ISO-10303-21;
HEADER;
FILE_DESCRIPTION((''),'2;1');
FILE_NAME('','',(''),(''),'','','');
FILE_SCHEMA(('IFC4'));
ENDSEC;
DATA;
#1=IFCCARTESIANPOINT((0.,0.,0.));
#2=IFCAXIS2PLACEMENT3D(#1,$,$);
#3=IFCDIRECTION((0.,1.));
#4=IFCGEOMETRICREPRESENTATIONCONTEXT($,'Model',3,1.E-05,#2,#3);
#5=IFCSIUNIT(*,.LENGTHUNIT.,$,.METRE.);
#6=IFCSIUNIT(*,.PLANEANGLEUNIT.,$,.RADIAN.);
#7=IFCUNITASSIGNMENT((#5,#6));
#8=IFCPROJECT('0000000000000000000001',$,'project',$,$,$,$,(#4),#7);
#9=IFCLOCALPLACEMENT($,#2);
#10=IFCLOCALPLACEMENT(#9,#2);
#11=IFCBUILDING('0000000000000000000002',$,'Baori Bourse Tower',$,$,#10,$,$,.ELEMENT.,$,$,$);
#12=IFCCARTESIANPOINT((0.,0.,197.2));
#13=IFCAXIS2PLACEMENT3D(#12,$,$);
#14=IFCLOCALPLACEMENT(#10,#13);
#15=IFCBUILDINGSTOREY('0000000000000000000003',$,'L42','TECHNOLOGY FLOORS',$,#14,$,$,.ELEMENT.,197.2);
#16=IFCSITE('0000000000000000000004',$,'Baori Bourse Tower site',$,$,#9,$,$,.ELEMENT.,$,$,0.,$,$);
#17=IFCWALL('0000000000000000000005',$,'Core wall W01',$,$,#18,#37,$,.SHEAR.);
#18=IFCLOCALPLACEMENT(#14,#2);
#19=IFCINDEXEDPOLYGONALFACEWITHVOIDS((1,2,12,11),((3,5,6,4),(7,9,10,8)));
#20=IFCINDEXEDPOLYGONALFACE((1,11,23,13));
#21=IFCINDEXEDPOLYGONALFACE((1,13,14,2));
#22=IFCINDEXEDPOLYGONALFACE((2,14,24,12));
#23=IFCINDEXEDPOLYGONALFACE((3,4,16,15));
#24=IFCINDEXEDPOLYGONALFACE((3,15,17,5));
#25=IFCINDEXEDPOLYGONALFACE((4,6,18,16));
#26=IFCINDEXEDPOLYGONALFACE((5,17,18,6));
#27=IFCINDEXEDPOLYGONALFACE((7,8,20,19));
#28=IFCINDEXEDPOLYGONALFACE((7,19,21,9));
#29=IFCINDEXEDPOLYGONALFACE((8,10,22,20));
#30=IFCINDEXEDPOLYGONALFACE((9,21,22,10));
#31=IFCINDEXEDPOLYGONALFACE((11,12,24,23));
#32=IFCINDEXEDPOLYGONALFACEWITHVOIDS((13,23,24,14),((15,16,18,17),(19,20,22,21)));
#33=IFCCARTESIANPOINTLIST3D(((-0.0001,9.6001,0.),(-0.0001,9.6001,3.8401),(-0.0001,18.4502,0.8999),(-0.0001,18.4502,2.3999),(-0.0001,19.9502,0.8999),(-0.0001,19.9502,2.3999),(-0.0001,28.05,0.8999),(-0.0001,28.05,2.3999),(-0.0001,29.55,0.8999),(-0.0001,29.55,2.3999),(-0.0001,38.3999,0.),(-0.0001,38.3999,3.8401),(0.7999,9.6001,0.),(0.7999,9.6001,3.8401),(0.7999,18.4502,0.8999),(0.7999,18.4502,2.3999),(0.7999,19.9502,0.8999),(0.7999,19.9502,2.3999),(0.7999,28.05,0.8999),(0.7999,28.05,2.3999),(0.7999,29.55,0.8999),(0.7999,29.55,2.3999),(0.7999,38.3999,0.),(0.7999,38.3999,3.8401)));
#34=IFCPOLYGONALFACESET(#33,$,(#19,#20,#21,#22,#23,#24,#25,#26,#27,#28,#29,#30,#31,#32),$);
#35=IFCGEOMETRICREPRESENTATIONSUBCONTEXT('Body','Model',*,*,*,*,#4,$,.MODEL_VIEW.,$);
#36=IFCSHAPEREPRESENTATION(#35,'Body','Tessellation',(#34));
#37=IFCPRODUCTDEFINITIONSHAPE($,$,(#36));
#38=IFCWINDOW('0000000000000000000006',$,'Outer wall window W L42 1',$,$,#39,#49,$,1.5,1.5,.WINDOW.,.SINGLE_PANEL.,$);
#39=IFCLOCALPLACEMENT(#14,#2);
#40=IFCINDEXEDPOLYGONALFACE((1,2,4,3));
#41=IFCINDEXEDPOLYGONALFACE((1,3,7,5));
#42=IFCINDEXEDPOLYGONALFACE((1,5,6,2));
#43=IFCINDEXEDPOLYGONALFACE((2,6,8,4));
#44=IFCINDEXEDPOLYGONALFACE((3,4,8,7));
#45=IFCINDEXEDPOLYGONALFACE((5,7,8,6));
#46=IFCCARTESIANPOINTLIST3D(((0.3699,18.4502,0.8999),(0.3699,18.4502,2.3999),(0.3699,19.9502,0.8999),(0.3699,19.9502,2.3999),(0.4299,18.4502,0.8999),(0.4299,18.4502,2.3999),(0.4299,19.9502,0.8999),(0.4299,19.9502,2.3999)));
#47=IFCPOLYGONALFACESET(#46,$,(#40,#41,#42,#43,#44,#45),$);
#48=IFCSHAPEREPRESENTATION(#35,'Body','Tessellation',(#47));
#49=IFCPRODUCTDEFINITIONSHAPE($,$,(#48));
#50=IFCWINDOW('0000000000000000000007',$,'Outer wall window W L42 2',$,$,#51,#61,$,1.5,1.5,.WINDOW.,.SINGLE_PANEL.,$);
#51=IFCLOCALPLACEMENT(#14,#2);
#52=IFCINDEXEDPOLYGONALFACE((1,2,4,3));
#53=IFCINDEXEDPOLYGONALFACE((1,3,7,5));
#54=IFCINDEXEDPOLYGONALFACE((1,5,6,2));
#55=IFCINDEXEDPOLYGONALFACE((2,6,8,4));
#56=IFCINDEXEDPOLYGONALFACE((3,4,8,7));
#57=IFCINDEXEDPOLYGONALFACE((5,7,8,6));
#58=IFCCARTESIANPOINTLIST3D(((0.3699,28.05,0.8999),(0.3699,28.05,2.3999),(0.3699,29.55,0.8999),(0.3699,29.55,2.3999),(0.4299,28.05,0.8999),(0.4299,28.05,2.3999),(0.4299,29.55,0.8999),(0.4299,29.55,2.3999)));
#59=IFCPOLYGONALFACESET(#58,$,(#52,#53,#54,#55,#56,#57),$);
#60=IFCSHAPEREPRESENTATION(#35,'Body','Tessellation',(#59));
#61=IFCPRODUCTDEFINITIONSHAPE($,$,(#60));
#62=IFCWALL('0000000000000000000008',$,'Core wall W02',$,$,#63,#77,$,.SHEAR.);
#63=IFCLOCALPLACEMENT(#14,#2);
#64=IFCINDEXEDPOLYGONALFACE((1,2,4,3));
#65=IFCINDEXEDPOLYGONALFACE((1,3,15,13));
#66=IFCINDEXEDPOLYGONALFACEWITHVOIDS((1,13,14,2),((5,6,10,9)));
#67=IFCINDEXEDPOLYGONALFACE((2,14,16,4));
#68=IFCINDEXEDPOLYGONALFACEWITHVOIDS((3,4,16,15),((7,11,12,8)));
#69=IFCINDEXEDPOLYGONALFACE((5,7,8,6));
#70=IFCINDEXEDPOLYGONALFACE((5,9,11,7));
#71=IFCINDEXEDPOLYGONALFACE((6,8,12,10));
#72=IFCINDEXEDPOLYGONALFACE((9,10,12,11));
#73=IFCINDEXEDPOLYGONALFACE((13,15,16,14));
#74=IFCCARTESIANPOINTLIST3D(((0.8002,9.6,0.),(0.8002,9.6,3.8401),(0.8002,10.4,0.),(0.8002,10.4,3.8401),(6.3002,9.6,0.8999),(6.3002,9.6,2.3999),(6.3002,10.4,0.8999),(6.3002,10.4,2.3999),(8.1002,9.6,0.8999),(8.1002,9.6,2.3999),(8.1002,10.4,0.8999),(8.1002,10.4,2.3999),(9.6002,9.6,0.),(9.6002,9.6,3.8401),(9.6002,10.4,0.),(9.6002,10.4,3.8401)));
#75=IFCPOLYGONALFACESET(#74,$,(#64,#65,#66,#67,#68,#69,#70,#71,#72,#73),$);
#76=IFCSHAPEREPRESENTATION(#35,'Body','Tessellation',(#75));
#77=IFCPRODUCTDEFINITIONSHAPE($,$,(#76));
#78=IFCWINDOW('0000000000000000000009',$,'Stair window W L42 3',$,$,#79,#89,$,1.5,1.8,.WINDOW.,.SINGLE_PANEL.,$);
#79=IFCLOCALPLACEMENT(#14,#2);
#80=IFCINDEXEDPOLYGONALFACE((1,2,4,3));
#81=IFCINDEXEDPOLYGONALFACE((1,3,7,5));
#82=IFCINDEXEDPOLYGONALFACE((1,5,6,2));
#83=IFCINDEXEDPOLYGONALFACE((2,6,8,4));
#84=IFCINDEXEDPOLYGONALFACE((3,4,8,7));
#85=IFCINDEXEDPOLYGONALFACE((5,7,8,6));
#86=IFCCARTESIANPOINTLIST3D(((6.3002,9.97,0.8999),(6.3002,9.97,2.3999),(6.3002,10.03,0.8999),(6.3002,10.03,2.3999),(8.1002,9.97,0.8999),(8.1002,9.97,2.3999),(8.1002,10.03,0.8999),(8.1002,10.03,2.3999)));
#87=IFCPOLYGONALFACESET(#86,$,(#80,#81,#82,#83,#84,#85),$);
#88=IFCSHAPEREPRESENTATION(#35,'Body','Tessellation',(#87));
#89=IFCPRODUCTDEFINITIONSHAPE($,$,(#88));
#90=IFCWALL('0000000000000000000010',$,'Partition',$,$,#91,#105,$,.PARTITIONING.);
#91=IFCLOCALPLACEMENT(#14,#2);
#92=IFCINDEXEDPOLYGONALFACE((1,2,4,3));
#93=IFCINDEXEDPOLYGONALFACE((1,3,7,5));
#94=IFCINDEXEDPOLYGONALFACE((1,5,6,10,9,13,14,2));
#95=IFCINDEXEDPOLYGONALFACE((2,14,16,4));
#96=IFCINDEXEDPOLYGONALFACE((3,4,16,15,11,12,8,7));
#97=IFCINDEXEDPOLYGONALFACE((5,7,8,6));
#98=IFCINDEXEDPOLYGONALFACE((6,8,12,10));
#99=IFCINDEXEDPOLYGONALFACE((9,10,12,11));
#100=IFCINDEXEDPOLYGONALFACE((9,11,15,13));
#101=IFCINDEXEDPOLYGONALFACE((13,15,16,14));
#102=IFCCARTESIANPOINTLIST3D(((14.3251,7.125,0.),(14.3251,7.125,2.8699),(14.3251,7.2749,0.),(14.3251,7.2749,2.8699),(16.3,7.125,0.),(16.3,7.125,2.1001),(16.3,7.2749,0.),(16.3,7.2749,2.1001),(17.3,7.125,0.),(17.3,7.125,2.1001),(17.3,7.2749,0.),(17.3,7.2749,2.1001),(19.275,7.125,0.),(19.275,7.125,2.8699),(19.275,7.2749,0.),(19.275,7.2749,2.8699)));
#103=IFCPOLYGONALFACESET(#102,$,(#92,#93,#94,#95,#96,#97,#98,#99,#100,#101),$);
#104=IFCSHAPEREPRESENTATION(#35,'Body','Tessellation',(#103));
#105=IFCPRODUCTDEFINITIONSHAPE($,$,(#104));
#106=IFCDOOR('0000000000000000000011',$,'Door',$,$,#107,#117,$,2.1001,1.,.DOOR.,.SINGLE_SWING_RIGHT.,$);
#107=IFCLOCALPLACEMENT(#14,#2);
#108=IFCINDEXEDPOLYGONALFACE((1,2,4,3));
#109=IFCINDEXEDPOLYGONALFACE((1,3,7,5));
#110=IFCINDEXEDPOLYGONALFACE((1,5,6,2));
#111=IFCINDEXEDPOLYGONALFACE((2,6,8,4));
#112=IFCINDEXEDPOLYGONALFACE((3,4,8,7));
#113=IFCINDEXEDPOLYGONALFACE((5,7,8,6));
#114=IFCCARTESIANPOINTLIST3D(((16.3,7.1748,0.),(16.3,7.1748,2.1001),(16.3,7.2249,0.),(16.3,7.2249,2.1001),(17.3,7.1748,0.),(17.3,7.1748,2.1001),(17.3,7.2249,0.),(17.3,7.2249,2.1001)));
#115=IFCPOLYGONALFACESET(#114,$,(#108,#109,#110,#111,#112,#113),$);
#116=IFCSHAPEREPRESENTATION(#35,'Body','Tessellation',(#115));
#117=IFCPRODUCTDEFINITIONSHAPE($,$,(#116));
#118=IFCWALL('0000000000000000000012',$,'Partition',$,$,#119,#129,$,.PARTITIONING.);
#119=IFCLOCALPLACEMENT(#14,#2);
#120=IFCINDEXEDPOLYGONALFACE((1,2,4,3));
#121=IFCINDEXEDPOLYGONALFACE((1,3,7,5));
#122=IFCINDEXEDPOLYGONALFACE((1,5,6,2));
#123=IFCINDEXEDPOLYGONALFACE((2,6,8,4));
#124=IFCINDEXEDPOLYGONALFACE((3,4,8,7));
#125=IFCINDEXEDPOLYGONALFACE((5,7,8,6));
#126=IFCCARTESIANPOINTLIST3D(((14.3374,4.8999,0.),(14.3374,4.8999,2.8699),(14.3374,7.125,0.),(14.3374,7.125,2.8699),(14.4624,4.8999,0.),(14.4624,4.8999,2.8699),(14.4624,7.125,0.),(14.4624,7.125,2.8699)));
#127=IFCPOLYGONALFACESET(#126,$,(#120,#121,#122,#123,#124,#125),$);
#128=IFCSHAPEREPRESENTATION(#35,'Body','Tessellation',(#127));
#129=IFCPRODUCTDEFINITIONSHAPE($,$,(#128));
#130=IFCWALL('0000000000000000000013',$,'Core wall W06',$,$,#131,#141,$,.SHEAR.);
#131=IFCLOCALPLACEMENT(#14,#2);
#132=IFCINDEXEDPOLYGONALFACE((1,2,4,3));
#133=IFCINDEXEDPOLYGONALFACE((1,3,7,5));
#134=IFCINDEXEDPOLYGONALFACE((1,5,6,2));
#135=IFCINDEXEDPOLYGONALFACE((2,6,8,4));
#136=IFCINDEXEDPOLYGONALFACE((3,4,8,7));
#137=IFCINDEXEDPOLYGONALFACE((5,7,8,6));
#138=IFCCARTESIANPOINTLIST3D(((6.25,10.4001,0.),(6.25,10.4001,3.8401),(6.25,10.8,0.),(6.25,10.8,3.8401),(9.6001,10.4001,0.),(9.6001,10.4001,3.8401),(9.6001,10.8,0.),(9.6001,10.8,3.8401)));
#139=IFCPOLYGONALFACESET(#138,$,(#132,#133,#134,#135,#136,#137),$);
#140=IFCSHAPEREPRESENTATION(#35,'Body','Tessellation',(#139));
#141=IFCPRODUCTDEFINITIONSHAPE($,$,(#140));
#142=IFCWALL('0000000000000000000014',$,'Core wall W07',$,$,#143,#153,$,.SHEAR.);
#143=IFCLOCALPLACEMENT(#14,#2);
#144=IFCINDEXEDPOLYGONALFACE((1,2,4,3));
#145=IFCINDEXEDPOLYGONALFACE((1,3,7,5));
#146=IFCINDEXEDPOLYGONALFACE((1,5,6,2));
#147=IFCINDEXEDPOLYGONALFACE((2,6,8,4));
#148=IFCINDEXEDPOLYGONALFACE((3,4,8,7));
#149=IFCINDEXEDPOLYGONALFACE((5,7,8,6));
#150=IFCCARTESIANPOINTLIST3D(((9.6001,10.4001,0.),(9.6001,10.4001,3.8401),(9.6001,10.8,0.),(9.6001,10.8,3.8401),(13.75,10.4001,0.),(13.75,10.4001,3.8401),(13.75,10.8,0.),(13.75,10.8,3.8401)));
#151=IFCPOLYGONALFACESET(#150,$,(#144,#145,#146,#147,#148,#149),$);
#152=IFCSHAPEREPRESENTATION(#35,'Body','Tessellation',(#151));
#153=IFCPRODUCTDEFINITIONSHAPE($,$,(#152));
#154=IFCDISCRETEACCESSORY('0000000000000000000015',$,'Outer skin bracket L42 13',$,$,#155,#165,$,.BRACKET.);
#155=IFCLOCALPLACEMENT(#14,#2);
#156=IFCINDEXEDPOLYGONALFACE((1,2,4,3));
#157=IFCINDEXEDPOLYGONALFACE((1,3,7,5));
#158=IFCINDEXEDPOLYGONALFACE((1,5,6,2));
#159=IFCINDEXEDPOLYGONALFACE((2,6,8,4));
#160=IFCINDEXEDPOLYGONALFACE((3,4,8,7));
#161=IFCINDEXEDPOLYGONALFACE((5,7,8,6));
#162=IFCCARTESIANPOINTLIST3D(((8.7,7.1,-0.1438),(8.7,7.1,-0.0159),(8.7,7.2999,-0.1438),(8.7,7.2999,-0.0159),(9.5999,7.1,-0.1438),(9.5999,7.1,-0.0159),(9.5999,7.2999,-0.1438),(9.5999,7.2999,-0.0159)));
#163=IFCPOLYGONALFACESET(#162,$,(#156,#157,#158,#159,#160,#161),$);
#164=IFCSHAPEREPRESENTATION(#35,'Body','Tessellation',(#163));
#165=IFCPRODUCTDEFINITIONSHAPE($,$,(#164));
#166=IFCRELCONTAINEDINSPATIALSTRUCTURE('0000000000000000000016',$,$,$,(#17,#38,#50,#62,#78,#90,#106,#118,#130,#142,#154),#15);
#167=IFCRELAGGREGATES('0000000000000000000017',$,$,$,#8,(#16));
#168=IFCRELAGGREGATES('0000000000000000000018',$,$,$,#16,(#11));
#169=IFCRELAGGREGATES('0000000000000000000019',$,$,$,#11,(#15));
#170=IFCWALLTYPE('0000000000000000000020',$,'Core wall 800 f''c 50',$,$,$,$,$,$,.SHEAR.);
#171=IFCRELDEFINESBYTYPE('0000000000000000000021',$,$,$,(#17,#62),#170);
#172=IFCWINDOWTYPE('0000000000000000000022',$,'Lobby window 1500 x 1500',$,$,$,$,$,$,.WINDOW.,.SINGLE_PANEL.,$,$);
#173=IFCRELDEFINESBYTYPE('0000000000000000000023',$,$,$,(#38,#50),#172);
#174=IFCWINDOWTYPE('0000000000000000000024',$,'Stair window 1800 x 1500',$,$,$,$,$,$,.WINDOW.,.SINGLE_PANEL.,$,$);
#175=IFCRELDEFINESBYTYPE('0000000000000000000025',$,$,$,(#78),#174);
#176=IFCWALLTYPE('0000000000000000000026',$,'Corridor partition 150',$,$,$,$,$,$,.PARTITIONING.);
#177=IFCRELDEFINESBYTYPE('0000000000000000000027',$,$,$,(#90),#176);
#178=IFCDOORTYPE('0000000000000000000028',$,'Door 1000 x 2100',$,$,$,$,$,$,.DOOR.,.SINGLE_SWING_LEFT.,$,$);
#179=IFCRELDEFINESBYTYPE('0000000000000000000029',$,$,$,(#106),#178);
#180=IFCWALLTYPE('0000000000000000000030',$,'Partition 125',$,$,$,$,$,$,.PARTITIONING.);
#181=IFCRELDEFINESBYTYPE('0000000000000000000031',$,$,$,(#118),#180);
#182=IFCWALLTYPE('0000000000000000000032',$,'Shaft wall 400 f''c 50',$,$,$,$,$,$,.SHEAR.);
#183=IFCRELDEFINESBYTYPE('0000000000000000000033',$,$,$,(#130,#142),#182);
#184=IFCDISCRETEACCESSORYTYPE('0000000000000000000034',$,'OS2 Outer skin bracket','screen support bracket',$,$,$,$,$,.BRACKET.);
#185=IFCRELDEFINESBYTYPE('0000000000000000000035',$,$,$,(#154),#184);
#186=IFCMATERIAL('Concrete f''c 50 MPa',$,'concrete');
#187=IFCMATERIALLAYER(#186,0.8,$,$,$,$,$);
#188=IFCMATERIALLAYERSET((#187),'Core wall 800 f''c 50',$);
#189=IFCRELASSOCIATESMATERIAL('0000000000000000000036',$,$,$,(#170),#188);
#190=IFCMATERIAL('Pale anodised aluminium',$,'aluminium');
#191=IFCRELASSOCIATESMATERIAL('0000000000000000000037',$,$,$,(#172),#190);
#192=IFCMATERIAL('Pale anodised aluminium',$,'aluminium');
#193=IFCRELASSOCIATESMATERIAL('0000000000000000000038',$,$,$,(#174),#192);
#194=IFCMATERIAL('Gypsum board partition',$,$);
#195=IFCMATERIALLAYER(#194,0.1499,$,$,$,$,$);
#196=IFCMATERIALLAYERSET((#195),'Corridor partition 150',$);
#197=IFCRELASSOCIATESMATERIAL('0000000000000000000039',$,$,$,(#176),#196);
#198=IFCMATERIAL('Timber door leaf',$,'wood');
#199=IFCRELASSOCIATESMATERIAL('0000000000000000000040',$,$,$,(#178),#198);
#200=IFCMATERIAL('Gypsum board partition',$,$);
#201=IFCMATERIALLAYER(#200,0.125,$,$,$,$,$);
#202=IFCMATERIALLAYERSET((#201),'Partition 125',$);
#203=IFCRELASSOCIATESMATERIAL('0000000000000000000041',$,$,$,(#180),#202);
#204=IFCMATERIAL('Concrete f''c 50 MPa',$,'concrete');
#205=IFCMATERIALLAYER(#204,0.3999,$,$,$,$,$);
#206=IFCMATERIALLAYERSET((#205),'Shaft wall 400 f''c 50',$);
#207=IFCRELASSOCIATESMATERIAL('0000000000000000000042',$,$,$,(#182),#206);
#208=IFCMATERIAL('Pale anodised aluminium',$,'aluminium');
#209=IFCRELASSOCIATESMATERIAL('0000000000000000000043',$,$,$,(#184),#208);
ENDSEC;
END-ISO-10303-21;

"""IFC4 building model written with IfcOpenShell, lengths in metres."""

from ifc_helpers import new_model, si_unit, direction, frame, frame_2d, origin, origin_2d, place, context, subcontext, project, spatial, rectangle, extrude, material, layer, layer_set, type_object, element, fill, save


model = new_model("IFC4")

# Units and contexts
model_context = context("Model", 3, precision=1e-05, world=origin(), true_north=direction((0.0, 1.0)))
body_context = subcontext(model_context, "Body", "Model", "MODEL_VIEW")
ifc_project = project(units=[si_unit("LENGTHUNIT", "METRE"), si_unit("PLANEANGLEUNIT", "RADIAN")], contexts=[model_context])

# Site, building, storey
site_placement = place(None, origin())
site = spatial("IfcSite", under=ifc_project, at=site_placement, Name="Baori Bourse Tower site", CompositionType="ELEMENT", RefElevation=0.0)
building_placement = place(site_placement, origin())
building = spatial("IfcBuilding", under=site, at=building_placement, Name="Baori Bourse Tower", CompositionType="ELEMENT")
storey_placement = place(building_placement, frame((0.0, 0.0, 197.2)))
storey = spatial("IfcBuildingStorey", under=building, at=storey_placement, Name="L42", Description="TECHNOLOGY FLOORS", CompositionType="ELEMENT", Elevation=197.2)

# Wall, openings, windows
ifc_material_1 = material(Name="Concrete f'c 50 MPa", Category="concrete")
ifc_layer_1 = layer(ifc_material_1, 0.8)
ifc_layer_set_1 = layer_set([ifc_layer_1], Name="Core wall 800 f'c 50")
wall_type_1 = type_object("IfcWallType", Name="Core wall 800 f'c 50", PredefinedType="SHEAR", material=ifc_layer_set_1)
wall_1_placement = place(storey_placement, frame((0.3999, 9.6001, 0.0), z_axis=(0.0, 0.0, 1.0), x_axis=(0.0, 1.0, 0.0)))
wall_1 = element("IfcWall", 1, at=wall_1_placement, inside=storey, type_object=wall_type_1, Name="Core wall W01", PredefinedType="SHEAR", context=body_context, shape_type="SweptSolid", body=[
    extrude(rectangle(XDim=28.7998, YDim=0.8, at=frame_2d((14.3999, 0.0))), origin(), (0.0, 0.0, 1.0), 3.8401),
])
opening_1_placement = place(wall_1_placement, frame((8.8501, 0.0, 0.8999)))
opening_1 = element("IfcOpeningElement", 2, at=opening_1_placement, cuts=wall_1, PredefinedType="OPENING", context=body_context, shape_type="SweptSolid", body=[
    extrude(rectangle(XDim=1.5, YDim=1.5, at=frame_2d((0.75, 0.75))), frame((0.0, 0.4099, 0.0), z_axis=(0.0, -1.0, 0.0), x_axis=(1.0, 0.0, 0.0)), (0.0, 0.0, 1.0), 0.8201),
])
opening_2_placement = place(wall_1_placement, frame((18.45, 0.0, 0.8999)))
opening_2 = element("IfcOpeningElement", 3, at=opening_2_placement, cuts=wall_1, PredefinedType="OPENING", context=body_context, shape_type="SweptSolid", body=[
    extrude(rectangle(XDim=1.5, YDim=1.5, at=frame_2d((0.75, 0.75))), frame((0.0, 0.4099, 0.0), z_axis=(0.0, -1.0, 0.0), x_axis=(1.0, 0.0, 0.0)), (0.0, 0.0, 1.0), 0.8201),
])
ifc_material_2 = material(Name="Pale anodised aluminium", Category="aluminium")
window_type_1 = type_object("IfcWindowType", Name="Lobby window 1500 x 1500", PartitioningType="SINGLE_PANEL", PredefinedType="WINDOW", material=ifc_material_2)
window_1_placement = place(opening_1_placement, origin())
window_1 = element("IfcWindow", 4, at=window_1_placement, inside=storey, type_object=window_type_1, Name="Outer wall window W L42 1", OverallHeight=1.5, OverallWidth=1.5, PartitioningType="SINGLE_PANEL", PredefinedType="WINDOW", context=body_context, shape_type="SweptSolid", body=[
    extrude(rectangle(XDim=1.5, YDim=1.5, at=frame_2d((0.75, 0.75))), frame((0.0, 0.03, 0.0), z_axis=(0.0, -1.0, 0.0), x_axis=(1.0, 0.0, 0.0)), (0.0, 0.0, 1.0), 0.0601),
])
fill(opening_1, window_1)
window_2_placement = place(opening_2_placement, origin())
window_2 = element("IfcWindow", 5, at=window_2_placement, inside=storey, type_object=window_type_1, Name="Outer wall window W L42 2", OverallHeight=1.5, OverallWidth=1.5, PartitioningType="SINGLE_PANEL", PredefinedType="WINDOW", context=body_context, shape_type="SweptSolid", body=[
    extrude(rectangle(XDim=1.5, YDim=1.5, at=frame_2d((0.75, 0.75))), frame((0.0, 0.03, 0.0), z_axis=(0.0, -1.0, 0.0), x_axis=(1.0, 0.0, 0.0)), (0.0, 0.0, 1.0), 0.0601),
])
fill(opening_2, window_2)

# Wall, opening, window
wall_2_placement = place(storey_placement, frame((9.6001, 10.0, 0.0), z_axis=(0.0, 0.0, 1.0), x_axis=(-1.0, 0.0, 0.0)))
wall_2 = element("IfcWall", 6, at=wall_2_placement, inside=storey, type_object=wall_type_1, Name="Core wall W02", PredefinedType="SHEAR", context=body_context, shape_type="SweptSolid", body=[
    extrude(rectangle(XDim=8.8, YDim=0.8, at=frame_2d((4.3999, 0.0))), origin(), (0.0, 0.0, 1.0), 3.8401),
])
opening_3_placement = place(wall_2_placement, frame((1.5, 0.0, 0.8999)))
opening_3 = element("IfcOpeningElement", 7, at=opening_3_placement, cuts=wall_2, PredefinedType="OPENING", context=body_context, shape_type="SweptSolid", body=[
    extrude(rectangle(XDim=1.8, YDim=1.5, at=frame_2d((0.8999, 0.75))), frame((0.0, 0.4099, 0.0), z_axis=(0.0, -1.0, 0.0), x_axis=(1.0, 0.0, 0.0)), (0.0, 0.0, 1.0), 0.8201),
])
ifc_material_3 = material(Name="Pale anodised aluminium", Category="aluminium")
window_type_2 = type_object("IfcWindowType", Name="Stair window 1800 x 1500", PartitioningType="SINGLE_PANEL", PredefinedType="WINDOW", material=ifc_material_3)
window_3_placement = place(opening_3_placement, origin())
window_3 = element("IfcWindow", 8, at=window_3_placement, inside=storey, type_object=window_type_2, Name="Stair window W L42 3", OverallHeight=1.5, OverallWidth=1.8, PartitioningType="SINGLE_PANEL", PredefinedType="WINDOW", context=body_context, shape_type="SweptSolid", body=[
    extrude(rectangle(XDim=1.8, YDim=1.5, at=frame_2d((0.8999, 0.75))), frame((0.0, 0.03, 0.0), z_axis=(0.0, -1.0, 0.0), x_axis=(1.0, 0.0, 0.0)), (0.0, 0.0, 1.0), 0.0601),
])
fill(opening_3, window_3)

# Wall, opening, door
ifc_material_4 = material(Name="Gypsum board partition")
ifc_layer_2 = layer(ifc_material_4, 0.1499)
ifc_layer_set_2 = layer_set([ifc_layer_2], Name="Corridor partition 150")
wall_type_2 = type_object("IfcWallType", Name="Corridor partition 150", PredefinedType="PARTITIONING", material=ifc_layer_set_2)
wall_3_placement = place(storey_placement, frame((14.325, 7.2, 0.0), z_axis=(0.0, 0.0, 1.0), x_axis=(1.0, 0.0, 0.0)))
wall_3 = element("IfcWall", 9, at=wall_3_placement, inside=storey, type_object=wall_type_2, Name="Partition", PredefinedType="PARTITIONING", context=body_context, shape_type="SweptSolid", body=[
    extrude(rectangle(XDim=4.95, YDim=0.1499, at=frame_2d((2.4751, 0.0))), origin(), (0.0, 0.0, 1.0), 2.8699),
])
opening_4_placement = place(wall_3_placement, frame((1.9751, 0.0, 0.0)))
opening_4 = element("IfcOpeningElement", 10, at=opening_4_placement, cuts=wall_3, PredefinedType="OPENING", context=body_context, shape_type="SweptSolid", body=[
    extrude(rectangle(XDim=1.0, YDim=2.1001, at=frame_2d((0.5, 1.05))), frame((0.0, 0.085, 0.0), z_axis=(0.0, -1.0, 0.0), x_axis=(1.0, 0.0, 0.0)), (0.0, 0.0, 1.0), 0.1699),
])
ifc_material_5 = material(Name="Timber door leaf", Category="wood")
door_type = type_object("IfcDoorType", Name="Door 1000 x 2100", OperationType="SINGLE_SWING_LEFT", PredefinedType="DOOR", material=ifc_material_5)
door_placement = place(opening_4_placement, origin())
door = element("IfcDoor", 11, at=door_placement, inside=storey, type_object=door_type, Name="Door", OperationType="SINGLE_SWING_RIGHT", OverallHeight=2.1001, OverallWidth=1.0, PredefinedType="DOOR", context=body_context, shape_type="SweptSolid", body=[
    extrude(rectangle(XDim=1.0, YDim=2.1001, at=frame_2d((0.5, 1.05))), frame((0.0, 0.0249, 0.0), z_axis=(0.0, -1.0, 0.0), x_axis=(1.0, 0.0, 0.0)), (0.0, 0.0, 1.0), 0.05),
])
fill(opening_4, door)

# Walls
ifc_material_6 = material(Name="Gypsum board partition")
ifc_layer_3 = layer(ifc_material_6, 0.125)
ifc_layer_set_3 = layer_set([ifc_layer_3], Name="Partition 125")
wall_type_3 = type_object("IfcWallType", Name="Partition 125", PredefinedType="PARTITIONING", material=ifc_layer_set_3)
wall_4_placement = place(storey_placement, frame((14.3999, 4.8999, 0.0), z_axis=(0.0, 0.0, 1.0), x_axis=(0.0, 1.0, 0.0)))
element("IfcWall", 12, at=wall_4_placement, inside=storey, type_object=wall_type_3, Name="Partition", PredefinedType="PARTITIONING", context=body_context, shape_type="SweptSolid", body=[
    extrude(rectangle(XDim=2.2251, YDim=0.125, at=frame_2d((1.1125, 0.0))), origin(), (0.0, 0.0, 1.0), 2.8699),
])
ifc_material_7 = material(Name="Concrete f'c 50 MPa", Category="concrete")
ifc_layer_4 = layer(ifc_material_7, 0.3999)
ifc_layer_set_4 = layer_set([ifc_layer_4], Name="Shaft wall 400 f'c 50")
wall_type_4 = type_object("IfcWallType", Name="Shaft wall 400 f'c 50", PredefinedType="SHEAR", material=ifc_layer_set_4)
wall_5_placement = place(storey_placement, frame((6.25, 10.6001, 0.0), z_axis=(0.0, 0.0, 1.0), x_axis=(1.0, 0.0, 0.0)))
element("IfcWall", 13, at=wall_5_placement, inside=storey, type_object=wall_type_4, Name="Core wall W06", PredefinedType="SHEAR", context=body_context, shape_type="SweptSolid", body=[
    extrude(rectangle(XDim=3.3501, YDim=0.3999, at=frame_2d((1.675, 0.0))), origin(), (0.0, 0.0, 1.0), 3.8401),
])
wall_6_placement = place(storey_placement, frame((9.6001, 10.6001, 0.0), z_axis=(0.0, 0.0, 1.0), x_axis=(1.0, 0.0, 0.0)))
element("IfcWall", 14, at=wall_6_placement, inside=storey, type_object=wall_type_4, Name="Core wall W07", PredefinedType="SHEAR", context=body_context, shape_type="SweptSolid", body=[
    extrude(rectangle(XDim=4.1499, YDim=0.3999, at=frame_2d((2.075, 0.0))), origin(), (0.0, 0.0, 1.0), 3.8401),
])

# Discrete accessory
ifc_material_8 = material(Name="Pale anodised aluminium", Category="aluminium")
discrete_accessory_type = type_object("IfcDiscreteAccessoryType", Name="OS2 Outer skin bracket", Description="screen support bracket", PredefinedType="BRACKET", material=ifc_material_8)
for number, where, z_axis, x_axis, name in (
    (15, (9.1499, 7.2, -0.1438), (0.0, 0.0, 1.0), (0.0, -1.0, 0.0), "Outer skin bracket L42 13"),
):
    element("IfcDiscreteAccessory", number, at=place(storey_placement, frame(where, z_axis=z_axis, x_axis=x_axis)), inside=storey, type_object=discrete_accessory_type, Name=name, PredefinedType="BRACKET", context=body_context, shape_type="SweptSolid", body=[
        extrude(rectangle(XDim=0.2, YDim=0.8999, at=origin_2d()), origin(), (0.0, 0.0, 1.0), 0.1279),
    ])

save(model, "model.ifc")
